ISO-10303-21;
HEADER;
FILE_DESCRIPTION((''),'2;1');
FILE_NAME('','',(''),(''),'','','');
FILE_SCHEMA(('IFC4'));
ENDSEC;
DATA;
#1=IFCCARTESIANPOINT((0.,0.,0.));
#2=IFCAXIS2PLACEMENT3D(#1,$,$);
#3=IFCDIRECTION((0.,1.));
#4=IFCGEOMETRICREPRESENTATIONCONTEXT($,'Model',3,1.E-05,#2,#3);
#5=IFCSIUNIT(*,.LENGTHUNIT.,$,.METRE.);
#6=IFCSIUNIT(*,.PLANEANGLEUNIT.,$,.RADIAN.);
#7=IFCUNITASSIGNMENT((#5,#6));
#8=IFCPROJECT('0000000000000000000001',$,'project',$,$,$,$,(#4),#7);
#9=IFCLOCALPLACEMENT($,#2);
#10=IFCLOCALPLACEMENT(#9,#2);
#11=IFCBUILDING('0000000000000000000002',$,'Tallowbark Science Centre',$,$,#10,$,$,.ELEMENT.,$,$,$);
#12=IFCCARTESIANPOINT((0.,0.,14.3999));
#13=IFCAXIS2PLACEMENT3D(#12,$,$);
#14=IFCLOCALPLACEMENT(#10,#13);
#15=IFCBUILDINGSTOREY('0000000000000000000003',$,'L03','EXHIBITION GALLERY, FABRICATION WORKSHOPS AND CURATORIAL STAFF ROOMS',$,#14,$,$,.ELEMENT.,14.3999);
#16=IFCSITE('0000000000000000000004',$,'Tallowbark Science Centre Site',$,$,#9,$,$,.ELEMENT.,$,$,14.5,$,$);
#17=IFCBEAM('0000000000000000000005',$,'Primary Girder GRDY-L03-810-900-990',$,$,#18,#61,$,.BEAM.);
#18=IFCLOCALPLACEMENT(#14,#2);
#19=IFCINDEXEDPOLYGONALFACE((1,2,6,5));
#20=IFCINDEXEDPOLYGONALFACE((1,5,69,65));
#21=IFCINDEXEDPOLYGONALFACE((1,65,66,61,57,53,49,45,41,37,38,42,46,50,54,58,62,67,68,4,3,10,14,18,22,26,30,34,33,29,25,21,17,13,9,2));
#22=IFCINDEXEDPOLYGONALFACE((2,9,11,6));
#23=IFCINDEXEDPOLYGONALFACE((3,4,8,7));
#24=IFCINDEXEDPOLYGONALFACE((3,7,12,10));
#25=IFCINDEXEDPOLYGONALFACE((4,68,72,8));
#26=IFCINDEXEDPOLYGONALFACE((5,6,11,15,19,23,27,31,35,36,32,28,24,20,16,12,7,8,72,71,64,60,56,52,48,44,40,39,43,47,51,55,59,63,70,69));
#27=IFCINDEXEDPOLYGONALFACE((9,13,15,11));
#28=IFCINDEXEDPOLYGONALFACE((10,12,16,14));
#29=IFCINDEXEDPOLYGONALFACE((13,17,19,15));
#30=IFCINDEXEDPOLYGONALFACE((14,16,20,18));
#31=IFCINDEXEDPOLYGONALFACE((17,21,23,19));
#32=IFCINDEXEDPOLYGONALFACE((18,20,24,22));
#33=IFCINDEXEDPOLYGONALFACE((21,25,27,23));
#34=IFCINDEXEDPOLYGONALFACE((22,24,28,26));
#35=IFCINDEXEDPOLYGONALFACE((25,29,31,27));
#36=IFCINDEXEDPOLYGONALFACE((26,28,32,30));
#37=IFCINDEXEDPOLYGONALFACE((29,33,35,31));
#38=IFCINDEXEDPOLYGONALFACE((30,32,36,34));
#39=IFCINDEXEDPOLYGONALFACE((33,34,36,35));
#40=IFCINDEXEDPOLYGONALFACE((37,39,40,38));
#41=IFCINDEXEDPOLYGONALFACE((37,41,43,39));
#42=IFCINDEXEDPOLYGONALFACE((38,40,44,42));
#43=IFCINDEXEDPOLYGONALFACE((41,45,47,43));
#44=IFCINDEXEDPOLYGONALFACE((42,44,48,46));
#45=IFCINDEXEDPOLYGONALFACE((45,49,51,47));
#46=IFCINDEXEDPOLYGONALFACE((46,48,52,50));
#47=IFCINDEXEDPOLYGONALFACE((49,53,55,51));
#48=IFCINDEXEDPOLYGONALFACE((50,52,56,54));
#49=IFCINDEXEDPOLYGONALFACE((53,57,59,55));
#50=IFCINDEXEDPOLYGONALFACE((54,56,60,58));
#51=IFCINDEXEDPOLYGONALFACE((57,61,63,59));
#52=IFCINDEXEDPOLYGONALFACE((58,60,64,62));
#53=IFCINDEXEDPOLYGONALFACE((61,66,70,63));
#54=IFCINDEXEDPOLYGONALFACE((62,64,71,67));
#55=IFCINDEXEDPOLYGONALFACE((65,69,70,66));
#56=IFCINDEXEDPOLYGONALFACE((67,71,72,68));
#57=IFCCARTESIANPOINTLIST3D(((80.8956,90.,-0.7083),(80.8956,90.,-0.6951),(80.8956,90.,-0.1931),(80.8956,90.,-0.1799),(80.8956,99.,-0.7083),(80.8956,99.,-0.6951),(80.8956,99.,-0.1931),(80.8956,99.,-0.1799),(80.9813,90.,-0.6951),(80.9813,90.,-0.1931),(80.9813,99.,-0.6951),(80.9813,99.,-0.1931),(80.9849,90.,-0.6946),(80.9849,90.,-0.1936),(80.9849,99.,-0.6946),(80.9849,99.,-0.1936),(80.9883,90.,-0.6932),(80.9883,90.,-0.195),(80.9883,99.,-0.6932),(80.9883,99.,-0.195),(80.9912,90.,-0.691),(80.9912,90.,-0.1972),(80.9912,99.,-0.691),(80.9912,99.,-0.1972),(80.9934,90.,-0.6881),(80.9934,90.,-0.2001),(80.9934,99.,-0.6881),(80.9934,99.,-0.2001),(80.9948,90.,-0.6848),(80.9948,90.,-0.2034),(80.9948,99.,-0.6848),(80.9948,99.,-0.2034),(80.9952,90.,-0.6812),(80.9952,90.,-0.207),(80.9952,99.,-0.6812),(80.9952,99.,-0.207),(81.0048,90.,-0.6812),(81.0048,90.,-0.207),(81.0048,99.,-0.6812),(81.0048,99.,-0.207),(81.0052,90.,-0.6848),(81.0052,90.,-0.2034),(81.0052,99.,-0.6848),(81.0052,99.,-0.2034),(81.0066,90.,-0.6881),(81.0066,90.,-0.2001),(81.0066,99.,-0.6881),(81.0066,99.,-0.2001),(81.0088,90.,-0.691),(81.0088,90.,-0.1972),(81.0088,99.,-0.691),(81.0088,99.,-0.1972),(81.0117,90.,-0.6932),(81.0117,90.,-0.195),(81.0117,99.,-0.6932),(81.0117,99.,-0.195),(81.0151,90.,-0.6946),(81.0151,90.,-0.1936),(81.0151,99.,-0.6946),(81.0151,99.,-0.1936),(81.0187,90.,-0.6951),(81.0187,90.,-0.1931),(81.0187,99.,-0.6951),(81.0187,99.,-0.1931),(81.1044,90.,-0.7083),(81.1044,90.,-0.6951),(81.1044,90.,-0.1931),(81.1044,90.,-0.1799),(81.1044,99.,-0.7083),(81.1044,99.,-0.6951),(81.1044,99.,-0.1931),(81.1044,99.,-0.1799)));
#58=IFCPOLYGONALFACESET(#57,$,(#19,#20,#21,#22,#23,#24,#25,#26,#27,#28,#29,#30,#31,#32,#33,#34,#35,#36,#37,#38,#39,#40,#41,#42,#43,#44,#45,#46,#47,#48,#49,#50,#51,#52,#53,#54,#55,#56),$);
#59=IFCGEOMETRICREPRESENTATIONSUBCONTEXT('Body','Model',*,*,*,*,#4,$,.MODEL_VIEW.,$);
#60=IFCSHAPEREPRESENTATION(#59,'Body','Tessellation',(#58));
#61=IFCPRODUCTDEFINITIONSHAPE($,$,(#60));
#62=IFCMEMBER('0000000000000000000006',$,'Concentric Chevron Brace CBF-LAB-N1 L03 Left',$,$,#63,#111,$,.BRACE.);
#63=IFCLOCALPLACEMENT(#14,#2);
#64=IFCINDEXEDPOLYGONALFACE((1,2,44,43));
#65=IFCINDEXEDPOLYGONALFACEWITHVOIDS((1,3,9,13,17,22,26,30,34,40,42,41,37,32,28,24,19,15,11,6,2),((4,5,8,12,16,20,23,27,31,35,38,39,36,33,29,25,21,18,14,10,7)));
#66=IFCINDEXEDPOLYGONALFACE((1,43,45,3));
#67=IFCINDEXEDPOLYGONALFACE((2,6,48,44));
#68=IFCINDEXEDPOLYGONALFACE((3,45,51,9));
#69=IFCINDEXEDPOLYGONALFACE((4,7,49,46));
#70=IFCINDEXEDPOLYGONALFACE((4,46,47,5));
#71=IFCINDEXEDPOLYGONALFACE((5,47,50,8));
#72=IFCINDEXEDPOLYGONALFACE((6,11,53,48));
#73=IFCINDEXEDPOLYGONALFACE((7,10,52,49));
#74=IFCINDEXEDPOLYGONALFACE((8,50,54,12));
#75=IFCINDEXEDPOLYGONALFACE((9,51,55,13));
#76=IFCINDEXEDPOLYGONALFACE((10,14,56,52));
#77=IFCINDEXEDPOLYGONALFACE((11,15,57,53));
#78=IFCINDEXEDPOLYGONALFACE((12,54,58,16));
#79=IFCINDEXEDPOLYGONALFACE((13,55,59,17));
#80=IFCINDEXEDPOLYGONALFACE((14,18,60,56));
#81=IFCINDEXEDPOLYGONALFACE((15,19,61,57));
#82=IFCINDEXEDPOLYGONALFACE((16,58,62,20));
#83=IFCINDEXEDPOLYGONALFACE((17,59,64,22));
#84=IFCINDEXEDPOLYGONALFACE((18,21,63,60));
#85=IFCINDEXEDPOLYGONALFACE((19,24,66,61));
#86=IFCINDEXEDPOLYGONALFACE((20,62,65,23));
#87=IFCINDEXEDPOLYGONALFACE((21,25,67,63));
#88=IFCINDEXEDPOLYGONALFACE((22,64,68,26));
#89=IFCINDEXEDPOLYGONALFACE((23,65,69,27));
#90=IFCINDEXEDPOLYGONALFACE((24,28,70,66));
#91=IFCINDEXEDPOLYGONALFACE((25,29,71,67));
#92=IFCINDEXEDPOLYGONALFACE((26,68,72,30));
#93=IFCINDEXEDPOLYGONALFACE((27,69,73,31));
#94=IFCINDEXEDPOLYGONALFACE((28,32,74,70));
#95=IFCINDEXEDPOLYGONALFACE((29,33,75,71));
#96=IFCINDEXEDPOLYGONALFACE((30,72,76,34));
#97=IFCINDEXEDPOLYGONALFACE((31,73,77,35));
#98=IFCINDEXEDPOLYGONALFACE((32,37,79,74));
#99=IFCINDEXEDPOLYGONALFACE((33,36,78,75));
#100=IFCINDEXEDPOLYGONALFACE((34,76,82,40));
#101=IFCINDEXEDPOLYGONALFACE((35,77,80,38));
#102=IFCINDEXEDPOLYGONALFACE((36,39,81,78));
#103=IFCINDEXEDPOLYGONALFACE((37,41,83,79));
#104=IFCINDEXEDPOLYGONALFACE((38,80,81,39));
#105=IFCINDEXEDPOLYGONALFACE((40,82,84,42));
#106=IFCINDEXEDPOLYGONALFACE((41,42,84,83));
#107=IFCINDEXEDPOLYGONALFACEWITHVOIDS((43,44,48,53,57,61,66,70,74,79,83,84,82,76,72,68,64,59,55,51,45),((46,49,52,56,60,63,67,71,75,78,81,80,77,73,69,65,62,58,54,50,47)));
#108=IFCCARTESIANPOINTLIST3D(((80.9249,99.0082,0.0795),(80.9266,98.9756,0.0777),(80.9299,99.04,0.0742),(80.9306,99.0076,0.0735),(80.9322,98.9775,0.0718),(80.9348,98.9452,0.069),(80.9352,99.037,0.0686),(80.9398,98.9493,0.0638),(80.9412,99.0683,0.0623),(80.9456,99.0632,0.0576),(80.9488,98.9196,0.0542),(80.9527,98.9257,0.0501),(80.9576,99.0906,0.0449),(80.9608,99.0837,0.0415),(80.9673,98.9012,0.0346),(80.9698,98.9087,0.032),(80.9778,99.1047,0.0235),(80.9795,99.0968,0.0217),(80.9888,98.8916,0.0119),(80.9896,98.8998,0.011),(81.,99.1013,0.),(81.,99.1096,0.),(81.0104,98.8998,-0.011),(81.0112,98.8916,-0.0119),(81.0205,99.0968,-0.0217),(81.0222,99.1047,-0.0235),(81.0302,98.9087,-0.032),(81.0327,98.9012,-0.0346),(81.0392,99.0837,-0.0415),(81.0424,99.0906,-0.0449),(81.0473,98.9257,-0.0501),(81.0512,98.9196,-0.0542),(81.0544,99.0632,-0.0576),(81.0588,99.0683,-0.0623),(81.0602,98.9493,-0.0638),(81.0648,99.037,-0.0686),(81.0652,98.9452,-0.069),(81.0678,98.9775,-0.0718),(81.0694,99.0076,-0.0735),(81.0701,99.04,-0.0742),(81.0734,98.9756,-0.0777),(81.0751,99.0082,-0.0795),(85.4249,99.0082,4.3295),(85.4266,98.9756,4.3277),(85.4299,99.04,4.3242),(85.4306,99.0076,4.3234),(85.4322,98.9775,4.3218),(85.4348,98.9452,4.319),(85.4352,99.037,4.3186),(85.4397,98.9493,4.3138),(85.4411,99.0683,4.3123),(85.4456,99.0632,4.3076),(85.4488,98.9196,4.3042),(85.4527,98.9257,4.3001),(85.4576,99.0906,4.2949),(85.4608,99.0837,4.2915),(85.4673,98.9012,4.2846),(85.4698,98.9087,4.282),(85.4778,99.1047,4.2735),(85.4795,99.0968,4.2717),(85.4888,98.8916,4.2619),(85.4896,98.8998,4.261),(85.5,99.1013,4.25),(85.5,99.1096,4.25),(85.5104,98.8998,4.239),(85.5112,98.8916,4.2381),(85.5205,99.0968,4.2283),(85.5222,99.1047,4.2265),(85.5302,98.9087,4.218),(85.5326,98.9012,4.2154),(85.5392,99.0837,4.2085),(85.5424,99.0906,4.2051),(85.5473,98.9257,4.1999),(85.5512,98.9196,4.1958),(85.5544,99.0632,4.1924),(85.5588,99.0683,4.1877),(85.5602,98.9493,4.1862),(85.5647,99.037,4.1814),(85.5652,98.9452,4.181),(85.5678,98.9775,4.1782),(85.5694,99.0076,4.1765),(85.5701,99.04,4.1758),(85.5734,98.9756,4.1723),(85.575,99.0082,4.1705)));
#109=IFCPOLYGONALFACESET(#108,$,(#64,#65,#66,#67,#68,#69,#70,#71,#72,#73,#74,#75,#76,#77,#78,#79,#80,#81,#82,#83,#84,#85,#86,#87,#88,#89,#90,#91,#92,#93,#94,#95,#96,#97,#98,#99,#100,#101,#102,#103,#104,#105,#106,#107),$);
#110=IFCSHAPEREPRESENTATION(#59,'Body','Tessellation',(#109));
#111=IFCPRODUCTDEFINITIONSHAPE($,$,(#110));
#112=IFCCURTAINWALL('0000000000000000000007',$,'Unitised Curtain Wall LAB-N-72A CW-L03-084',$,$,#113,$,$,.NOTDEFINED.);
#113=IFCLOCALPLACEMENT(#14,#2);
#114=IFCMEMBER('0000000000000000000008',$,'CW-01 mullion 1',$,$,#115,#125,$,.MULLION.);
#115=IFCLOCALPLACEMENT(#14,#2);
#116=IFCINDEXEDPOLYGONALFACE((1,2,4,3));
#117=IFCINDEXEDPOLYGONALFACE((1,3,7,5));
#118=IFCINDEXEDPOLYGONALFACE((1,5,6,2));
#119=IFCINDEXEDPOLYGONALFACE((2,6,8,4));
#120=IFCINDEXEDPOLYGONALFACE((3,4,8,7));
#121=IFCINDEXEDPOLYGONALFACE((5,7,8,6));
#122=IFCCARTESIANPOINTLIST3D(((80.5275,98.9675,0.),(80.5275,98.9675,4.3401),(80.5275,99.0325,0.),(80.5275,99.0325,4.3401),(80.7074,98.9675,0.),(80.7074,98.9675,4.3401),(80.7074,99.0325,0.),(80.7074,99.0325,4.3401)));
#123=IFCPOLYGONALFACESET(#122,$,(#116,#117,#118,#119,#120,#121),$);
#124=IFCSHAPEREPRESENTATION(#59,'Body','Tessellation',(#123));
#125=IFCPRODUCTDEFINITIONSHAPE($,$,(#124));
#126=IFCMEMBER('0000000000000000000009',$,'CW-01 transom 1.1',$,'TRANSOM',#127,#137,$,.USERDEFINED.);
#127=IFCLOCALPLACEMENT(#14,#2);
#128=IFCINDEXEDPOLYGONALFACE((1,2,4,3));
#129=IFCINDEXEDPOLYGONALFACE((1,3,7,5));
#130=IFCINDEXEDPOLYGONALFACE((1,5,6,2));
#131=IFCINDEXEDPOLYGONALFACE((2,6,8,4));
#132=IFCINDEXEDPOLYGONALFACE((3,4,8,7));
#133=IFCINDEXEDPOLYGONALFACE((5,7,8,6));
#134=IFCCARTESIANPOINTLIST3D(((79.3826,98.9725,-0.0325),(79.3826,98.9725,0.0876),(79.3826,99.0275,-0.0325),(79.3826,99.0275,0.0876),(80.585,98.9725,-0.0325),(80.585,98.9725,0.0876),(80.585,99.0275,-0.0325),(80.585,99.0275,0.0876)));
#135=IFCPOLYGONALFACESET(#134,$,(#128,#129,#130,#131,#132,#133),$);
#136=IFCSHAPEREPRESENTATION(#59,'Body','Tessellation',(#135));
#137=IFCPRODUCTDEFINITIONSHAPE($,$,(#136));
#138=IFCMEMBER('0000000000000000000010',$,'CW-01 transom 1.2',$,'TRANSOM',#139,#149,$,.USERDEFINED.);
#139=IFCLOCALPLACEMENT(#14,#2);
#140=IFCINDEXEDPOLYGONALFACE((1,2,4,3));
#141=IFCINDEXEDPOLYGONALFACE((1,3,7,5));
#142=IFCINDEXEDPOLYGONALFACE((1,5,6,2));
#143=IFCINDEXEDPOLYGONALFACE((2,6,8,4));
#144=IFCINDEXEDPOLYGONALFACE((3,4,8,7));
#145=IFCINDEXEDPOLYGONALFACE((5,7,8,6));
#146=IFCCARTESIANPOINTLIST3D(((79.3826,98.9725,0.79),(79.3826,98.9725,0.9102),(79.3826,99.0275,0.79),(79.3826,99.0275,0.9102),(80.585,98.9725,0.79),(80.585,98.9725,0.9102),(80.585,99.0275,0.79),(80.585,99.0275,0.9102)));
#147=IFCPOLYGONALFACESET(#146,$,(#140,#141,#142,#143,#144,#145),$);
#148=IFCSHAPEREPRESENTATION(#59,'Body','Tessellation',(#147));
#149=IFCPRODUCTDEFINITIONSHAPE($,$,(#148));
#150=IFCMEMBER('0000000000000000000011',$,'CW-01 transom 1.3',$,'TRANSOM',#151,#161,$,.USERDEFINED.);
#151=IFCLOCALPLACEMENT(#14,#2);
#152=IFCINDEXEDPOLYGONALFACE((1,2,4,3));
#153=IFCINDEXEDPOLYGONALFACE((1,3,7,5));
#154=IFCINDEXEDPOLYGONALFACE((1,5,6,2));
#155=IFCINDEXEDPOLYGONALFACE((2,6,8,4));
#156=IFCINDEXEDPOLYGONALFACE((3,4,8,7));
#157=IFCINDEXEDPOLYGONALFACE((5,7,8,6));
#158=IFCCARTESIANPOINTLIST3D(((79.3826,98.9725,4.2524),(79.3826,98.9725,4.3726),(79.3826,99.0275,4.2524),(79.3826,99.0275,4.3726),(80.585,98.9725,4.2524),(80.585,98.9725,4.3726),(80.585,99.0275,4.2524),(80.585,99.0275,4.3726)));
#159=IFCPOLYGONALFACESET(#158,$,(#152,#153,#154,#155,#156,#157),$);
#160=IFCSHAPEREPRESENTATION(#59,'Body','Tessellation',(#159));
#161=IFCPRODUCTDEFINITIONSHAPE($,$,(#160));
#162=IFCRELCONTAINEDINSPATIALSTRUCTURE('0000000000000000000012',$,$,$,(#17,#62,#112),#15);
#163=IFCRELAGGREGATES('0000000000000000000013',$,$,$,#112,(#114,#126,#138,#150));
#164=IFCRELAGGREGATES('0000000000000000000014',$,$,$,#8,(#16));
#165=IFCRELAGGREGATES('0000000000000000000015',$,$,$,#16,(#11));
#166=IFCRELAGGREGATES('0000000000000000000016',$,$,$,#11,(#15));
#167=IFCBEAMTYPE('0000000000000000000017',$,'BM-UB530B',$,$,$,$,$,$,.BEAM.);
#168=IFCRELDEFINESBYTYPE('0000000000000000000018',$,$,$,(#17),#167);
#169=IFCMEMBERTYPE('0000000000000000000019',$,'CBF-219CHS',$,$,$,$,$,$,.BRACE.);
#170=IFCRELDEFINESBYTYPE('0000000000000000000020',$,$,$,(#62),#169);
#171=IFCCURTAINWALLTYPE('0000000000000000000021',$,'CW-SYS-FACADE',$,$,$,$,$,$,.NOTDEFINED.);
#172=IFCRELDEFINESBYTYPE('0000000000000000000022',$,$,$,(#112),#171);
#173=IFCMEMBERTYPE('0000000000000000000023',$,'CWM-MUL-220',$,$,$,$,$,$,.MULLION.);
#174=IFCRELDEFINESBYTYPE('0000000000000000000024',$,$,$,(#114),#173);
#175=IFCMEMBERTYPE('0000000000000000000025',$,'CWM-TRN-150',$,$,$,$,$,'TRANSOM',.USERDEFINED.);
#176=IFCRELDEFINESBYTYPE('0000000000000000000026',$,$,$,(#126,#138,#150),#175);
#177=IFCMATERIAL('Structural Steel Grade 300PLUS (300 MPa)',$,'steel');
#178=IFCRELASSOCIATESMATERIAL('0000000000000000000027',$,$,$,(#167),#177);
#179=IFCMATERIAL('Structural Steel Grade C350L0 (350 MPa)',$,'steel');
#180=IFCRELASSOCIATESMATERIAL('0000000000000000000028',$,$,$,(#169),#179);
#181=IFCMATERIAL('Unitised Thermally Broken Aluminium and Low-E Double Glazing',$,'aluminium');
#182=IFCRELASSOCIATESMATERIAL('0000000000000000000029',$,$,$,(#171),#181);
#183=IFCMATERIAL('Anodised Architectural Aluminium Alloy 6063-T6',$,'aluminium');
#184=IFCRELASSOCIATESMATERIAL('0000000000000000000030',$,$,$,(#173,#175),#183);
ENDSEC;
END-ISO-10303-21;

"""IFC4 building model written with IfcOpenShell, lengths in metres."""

from ifc_helpers import new_model, si_unit, direction, frame, origin, origin_2d, place, context, subcontext, project, spatial, rectangle, hollow_circle, i_section, extrude, material, material_profile, profile_set, type_object, element, aggregate, save


model = new_model("IFC4")

# Units and contexts
model_context = context("Model", 3, precision=1e-05, world=origin(), true_north=direction((0.0, 1.0)))
body_context = subcontext(model_context, "Body", "Model", "MODEL_VIEW")
ifc_project = project(units=[si_unit("LENGTHUNIT", "METRE"), si_unit("PLANEANGLEUNIT", "RADIAN")], contexts=[model_context])

# Site, building, storey
site_placement = place(None, origin())
site = spatial("IfcSite", under=ifc_project, at=site_placement, Name="Tallowbark Science Centre Site", CompositionType="ELEMENT", RefElevation=14.5)
building_placement = place(site_placement, origin())
building = spatial("IfcBuilding", under=site, at=building_placement, Name="Tallowbark Science Centre", CompositionType="ELEMENT")
storey_placement = place(building_placement, frame((0.0, 0.0, 14.3999)))
storey = spatial("IfcBuildingStorey", under=building, at=storey_placement, Name="L03", Description="EXHIBITION GALLERY, FABRICATION WORKSHOPS AND CURATORIAL STAFF ROOMS", CompositionType="ELEMENT", Elevation=14.3999)

# Shared definitions
ifc_material_1 = material(Name="Structural Steel Grade 300PLUS (300 MPa)", Category="steel")

# Beam
ifc_material_profile_1 = material_profile(ifc_material_1, i_section(OverallWidth=0.2087, OverallDepth=0.5283, WebThickness=0.0095, FlangeThickness=0.0132, FilletRadius=0.0139, at=origin_2d()), Name="530UB82.0")
ifc_profile_set_1 = profile_set([ifc_material_profile_1], Name="Structural Steel Grade 300PLUS (300 MPa)")
beam_type_1 = type_object("IfcBeamType", Name="BM-UB530B", PredefinedType="BEAM", material=ifc_profile_set_1)
beam_placement = place(storey_placement, frame((81.0, 90.0, -0.4441), z_axis=(0.0, 1.0, 0.0), x_axis=(-1.0, 0.0, 0.0)))
element("IfcBeam", 1, at=beam_placement, inside=storey, type_object=beam_type_1, Name="Primary Girder GRDY-L03-810-900-990", PredefinedType="BEAM", context=body_context, shape_type="SweptSolid", body=[
    extrude(i_section(OverallWidth=0.2087, OverallDepth=0.5283, WebThickness=0.0095, FlangeThickness=0.0132, FilletRadius=0.0139, at=origin_2d()), origin(), (0.0, 0.0, 1.0), 9.0),
])

# Member
ifc_material_2 = material(Name="Structural Steel Grade C350L0 (350 MPa)", Category="steel")
ifc_material_profile_2 = material_profile(ifc_material_2, hollow_circle(Radius=0.1096, WallThickness=0.0083, at=origin_2d()), Name="219.1x8.2CHS")
ifc_profile_set_2 = profile_set([ifc_material_profile_2], Name="Structural Steel Grade C350L0 (350 MPa)")
member_type_1 = type_object("IfcMemberType", Name="CBF-219CHS", PredefinedType="BRACE", material=ifc_profile_set_2)
member_1_placement = place(storey_placement, frame((81.0, 99.0, 0.0), z_axis=(0.727013, 0.0, 0.686624), x_axis=(0.0, 1.0, 0.0)))
element("IfcMember", 2, at=member_1_placement, inside=storey, type_object=member_type_1, Name="Concentric Chevron Brace CBF-LAB-N1 L03 Left", PredefinedType="BRACE", context=body_context, shape_type="SweptSolid", body=[
    extrude(hollow_circle(Radius=0.1096, WallThickness=0.0083, at=origin_2d()), origin(), (0.0, 0.0, 1.0), 6.1897),
])

# Curtain wall, members
ifc_material_3 = material(Name="Unitised Thermally Broken Aluminium and Low-E Double Glazing", Category="aluminium")
curtain_wall_type = type_object("IfcCurtainWallType", Name="CW-SYS-FACADE", PredefinedType="NOTDEFINED", material=ifc_material_3)
curtain_wall_placement = place(storey_placement, origin())
curtain_wall = element("IfcCurtainWall", 3, at=curtain_wall_placement, inside=storey, type_object=curtain_wall_type, Name="Unitised Curtain Wall LAB-N-72A CW-L03-084", PredefinedType="NOTDEFINED")
ifc_material_4 = material(Name="Anodised Architectural Aluminium Alloy 6063-T6", Category="aluminium")
ifc_material_profile_3 = material_profile(ifc_material_4, rectangle(XDim=0.0649, YDim=0.1799, at=origin_2d()), Name="ALU65x180")
ifc_profile_set_3 = profile_set([ifc_material_profile_3], Name="Anodised Architectural Aluminium Alloy 6063-T6")
member_type_2 = type_object("IfcMemberType", Name="CWM-MUL-220", PredefinedType="MULLION", material=ifc_profile_set_3)
member_2_placement = place(storey_placement, frame((80.6174, 99.0, 0.0), z_axis=(0.0, 0.0, 1.0), x_axis=(0.0, -1.0, 0.0)))
member_2 = element("IfcMember", 4, at=member_2_placement, type_object=member_type_2, Name="CW-01 mullion 1", PredefinedType="MULLION", context=body_context, shape_type="SweptSolid", body=[
    extrude(rectangle(XDim=0.0649, YDim=0.1799, at=origin_2d()), origin(), (0.0, 0.0, 1.0), 4.3401),
])
ifc_material_profile_4 = material_profile(ifc_material_4, rectangle(XDim=0.0549, YDim=0.1201, at=origin_2d()), Name="ALU55x120")
ifc_profile_set_4 = profile_set([ifc_material_profile_4], Name="Anodised Architectural Aluminium Alloy 6063-T6")
member_type_3 = type_object("IfcMemberType", Name="CWM-TRN-150", ElementType="TRANSOM", PredefinedType="USERDEFINED", material=ifc_profile_set_4)
member_3_placement = place(storey_placement, frame((80.585, 99.0, 0.0276), z_axis=(-1.0, 0.0, 0.0), x_axis=(0.0, -1.0, 0.0)))
member_3 = element("IfcMember", 5, at=member_3_placement, type_object=member_type_3, Name="CW-01 transom 1.1", ObjectType="TRANSOM", PredefinedType="USERDEFINED", context=body_context, shape_type="SweptSolid", body=[
    extrude(rectangle(XDim=0.0549, YDim=0.1201, at=origin_2d()), origin(), (0.0, 0.0, 1.0), 1.2024),
])
member_4_placement = place(storey_placement, frame((80.585, 99.0, 0.8501), z_axis=(-1.0, 0.0, 0.0), x_axis=(0.0, -1.0, 0.0)))
member_4 = element("IfcMember", 6, at=member_4_placement, type_object=member_type_3, Name="CW-01 transom 1.2", ObjectType="TRANSOM", PredefinedType="USERDEFINED", context=body_context, shape_type="SweptSolid", body=[
    extrude(rectangle(XDim=0.0549, YDim=0.1201, at=origin_2d()), origin(), (0.0, 0.0, 1.0), 1.2024),
])
member_5_placement = place(storey_placement, frame((80.585, 99.0, 4.3125), z_axis=(-1.0, 0.0, 0.0), x_axis=(0.0, -1.0, 0.0)))
member_5 = element("IfcMember", 7, at=member_5_placement, type_object=member_type_3, Name="CW-01 transom 1.3", ObjectType="TRANSOM", PredefinedType="USERDEFINED", context=body_context, shape_type="SweptSolid", body=[
    extrude(rectangle(XDim=0.0549, YDim=0.1201, at=origin_2d()), origin(), (0.0, 0.0, 1.0), 1.2024),
])

aggregate(curtain_wall, [member_2, member_3, member_4, member_5])

save(model, "model.ifc")
